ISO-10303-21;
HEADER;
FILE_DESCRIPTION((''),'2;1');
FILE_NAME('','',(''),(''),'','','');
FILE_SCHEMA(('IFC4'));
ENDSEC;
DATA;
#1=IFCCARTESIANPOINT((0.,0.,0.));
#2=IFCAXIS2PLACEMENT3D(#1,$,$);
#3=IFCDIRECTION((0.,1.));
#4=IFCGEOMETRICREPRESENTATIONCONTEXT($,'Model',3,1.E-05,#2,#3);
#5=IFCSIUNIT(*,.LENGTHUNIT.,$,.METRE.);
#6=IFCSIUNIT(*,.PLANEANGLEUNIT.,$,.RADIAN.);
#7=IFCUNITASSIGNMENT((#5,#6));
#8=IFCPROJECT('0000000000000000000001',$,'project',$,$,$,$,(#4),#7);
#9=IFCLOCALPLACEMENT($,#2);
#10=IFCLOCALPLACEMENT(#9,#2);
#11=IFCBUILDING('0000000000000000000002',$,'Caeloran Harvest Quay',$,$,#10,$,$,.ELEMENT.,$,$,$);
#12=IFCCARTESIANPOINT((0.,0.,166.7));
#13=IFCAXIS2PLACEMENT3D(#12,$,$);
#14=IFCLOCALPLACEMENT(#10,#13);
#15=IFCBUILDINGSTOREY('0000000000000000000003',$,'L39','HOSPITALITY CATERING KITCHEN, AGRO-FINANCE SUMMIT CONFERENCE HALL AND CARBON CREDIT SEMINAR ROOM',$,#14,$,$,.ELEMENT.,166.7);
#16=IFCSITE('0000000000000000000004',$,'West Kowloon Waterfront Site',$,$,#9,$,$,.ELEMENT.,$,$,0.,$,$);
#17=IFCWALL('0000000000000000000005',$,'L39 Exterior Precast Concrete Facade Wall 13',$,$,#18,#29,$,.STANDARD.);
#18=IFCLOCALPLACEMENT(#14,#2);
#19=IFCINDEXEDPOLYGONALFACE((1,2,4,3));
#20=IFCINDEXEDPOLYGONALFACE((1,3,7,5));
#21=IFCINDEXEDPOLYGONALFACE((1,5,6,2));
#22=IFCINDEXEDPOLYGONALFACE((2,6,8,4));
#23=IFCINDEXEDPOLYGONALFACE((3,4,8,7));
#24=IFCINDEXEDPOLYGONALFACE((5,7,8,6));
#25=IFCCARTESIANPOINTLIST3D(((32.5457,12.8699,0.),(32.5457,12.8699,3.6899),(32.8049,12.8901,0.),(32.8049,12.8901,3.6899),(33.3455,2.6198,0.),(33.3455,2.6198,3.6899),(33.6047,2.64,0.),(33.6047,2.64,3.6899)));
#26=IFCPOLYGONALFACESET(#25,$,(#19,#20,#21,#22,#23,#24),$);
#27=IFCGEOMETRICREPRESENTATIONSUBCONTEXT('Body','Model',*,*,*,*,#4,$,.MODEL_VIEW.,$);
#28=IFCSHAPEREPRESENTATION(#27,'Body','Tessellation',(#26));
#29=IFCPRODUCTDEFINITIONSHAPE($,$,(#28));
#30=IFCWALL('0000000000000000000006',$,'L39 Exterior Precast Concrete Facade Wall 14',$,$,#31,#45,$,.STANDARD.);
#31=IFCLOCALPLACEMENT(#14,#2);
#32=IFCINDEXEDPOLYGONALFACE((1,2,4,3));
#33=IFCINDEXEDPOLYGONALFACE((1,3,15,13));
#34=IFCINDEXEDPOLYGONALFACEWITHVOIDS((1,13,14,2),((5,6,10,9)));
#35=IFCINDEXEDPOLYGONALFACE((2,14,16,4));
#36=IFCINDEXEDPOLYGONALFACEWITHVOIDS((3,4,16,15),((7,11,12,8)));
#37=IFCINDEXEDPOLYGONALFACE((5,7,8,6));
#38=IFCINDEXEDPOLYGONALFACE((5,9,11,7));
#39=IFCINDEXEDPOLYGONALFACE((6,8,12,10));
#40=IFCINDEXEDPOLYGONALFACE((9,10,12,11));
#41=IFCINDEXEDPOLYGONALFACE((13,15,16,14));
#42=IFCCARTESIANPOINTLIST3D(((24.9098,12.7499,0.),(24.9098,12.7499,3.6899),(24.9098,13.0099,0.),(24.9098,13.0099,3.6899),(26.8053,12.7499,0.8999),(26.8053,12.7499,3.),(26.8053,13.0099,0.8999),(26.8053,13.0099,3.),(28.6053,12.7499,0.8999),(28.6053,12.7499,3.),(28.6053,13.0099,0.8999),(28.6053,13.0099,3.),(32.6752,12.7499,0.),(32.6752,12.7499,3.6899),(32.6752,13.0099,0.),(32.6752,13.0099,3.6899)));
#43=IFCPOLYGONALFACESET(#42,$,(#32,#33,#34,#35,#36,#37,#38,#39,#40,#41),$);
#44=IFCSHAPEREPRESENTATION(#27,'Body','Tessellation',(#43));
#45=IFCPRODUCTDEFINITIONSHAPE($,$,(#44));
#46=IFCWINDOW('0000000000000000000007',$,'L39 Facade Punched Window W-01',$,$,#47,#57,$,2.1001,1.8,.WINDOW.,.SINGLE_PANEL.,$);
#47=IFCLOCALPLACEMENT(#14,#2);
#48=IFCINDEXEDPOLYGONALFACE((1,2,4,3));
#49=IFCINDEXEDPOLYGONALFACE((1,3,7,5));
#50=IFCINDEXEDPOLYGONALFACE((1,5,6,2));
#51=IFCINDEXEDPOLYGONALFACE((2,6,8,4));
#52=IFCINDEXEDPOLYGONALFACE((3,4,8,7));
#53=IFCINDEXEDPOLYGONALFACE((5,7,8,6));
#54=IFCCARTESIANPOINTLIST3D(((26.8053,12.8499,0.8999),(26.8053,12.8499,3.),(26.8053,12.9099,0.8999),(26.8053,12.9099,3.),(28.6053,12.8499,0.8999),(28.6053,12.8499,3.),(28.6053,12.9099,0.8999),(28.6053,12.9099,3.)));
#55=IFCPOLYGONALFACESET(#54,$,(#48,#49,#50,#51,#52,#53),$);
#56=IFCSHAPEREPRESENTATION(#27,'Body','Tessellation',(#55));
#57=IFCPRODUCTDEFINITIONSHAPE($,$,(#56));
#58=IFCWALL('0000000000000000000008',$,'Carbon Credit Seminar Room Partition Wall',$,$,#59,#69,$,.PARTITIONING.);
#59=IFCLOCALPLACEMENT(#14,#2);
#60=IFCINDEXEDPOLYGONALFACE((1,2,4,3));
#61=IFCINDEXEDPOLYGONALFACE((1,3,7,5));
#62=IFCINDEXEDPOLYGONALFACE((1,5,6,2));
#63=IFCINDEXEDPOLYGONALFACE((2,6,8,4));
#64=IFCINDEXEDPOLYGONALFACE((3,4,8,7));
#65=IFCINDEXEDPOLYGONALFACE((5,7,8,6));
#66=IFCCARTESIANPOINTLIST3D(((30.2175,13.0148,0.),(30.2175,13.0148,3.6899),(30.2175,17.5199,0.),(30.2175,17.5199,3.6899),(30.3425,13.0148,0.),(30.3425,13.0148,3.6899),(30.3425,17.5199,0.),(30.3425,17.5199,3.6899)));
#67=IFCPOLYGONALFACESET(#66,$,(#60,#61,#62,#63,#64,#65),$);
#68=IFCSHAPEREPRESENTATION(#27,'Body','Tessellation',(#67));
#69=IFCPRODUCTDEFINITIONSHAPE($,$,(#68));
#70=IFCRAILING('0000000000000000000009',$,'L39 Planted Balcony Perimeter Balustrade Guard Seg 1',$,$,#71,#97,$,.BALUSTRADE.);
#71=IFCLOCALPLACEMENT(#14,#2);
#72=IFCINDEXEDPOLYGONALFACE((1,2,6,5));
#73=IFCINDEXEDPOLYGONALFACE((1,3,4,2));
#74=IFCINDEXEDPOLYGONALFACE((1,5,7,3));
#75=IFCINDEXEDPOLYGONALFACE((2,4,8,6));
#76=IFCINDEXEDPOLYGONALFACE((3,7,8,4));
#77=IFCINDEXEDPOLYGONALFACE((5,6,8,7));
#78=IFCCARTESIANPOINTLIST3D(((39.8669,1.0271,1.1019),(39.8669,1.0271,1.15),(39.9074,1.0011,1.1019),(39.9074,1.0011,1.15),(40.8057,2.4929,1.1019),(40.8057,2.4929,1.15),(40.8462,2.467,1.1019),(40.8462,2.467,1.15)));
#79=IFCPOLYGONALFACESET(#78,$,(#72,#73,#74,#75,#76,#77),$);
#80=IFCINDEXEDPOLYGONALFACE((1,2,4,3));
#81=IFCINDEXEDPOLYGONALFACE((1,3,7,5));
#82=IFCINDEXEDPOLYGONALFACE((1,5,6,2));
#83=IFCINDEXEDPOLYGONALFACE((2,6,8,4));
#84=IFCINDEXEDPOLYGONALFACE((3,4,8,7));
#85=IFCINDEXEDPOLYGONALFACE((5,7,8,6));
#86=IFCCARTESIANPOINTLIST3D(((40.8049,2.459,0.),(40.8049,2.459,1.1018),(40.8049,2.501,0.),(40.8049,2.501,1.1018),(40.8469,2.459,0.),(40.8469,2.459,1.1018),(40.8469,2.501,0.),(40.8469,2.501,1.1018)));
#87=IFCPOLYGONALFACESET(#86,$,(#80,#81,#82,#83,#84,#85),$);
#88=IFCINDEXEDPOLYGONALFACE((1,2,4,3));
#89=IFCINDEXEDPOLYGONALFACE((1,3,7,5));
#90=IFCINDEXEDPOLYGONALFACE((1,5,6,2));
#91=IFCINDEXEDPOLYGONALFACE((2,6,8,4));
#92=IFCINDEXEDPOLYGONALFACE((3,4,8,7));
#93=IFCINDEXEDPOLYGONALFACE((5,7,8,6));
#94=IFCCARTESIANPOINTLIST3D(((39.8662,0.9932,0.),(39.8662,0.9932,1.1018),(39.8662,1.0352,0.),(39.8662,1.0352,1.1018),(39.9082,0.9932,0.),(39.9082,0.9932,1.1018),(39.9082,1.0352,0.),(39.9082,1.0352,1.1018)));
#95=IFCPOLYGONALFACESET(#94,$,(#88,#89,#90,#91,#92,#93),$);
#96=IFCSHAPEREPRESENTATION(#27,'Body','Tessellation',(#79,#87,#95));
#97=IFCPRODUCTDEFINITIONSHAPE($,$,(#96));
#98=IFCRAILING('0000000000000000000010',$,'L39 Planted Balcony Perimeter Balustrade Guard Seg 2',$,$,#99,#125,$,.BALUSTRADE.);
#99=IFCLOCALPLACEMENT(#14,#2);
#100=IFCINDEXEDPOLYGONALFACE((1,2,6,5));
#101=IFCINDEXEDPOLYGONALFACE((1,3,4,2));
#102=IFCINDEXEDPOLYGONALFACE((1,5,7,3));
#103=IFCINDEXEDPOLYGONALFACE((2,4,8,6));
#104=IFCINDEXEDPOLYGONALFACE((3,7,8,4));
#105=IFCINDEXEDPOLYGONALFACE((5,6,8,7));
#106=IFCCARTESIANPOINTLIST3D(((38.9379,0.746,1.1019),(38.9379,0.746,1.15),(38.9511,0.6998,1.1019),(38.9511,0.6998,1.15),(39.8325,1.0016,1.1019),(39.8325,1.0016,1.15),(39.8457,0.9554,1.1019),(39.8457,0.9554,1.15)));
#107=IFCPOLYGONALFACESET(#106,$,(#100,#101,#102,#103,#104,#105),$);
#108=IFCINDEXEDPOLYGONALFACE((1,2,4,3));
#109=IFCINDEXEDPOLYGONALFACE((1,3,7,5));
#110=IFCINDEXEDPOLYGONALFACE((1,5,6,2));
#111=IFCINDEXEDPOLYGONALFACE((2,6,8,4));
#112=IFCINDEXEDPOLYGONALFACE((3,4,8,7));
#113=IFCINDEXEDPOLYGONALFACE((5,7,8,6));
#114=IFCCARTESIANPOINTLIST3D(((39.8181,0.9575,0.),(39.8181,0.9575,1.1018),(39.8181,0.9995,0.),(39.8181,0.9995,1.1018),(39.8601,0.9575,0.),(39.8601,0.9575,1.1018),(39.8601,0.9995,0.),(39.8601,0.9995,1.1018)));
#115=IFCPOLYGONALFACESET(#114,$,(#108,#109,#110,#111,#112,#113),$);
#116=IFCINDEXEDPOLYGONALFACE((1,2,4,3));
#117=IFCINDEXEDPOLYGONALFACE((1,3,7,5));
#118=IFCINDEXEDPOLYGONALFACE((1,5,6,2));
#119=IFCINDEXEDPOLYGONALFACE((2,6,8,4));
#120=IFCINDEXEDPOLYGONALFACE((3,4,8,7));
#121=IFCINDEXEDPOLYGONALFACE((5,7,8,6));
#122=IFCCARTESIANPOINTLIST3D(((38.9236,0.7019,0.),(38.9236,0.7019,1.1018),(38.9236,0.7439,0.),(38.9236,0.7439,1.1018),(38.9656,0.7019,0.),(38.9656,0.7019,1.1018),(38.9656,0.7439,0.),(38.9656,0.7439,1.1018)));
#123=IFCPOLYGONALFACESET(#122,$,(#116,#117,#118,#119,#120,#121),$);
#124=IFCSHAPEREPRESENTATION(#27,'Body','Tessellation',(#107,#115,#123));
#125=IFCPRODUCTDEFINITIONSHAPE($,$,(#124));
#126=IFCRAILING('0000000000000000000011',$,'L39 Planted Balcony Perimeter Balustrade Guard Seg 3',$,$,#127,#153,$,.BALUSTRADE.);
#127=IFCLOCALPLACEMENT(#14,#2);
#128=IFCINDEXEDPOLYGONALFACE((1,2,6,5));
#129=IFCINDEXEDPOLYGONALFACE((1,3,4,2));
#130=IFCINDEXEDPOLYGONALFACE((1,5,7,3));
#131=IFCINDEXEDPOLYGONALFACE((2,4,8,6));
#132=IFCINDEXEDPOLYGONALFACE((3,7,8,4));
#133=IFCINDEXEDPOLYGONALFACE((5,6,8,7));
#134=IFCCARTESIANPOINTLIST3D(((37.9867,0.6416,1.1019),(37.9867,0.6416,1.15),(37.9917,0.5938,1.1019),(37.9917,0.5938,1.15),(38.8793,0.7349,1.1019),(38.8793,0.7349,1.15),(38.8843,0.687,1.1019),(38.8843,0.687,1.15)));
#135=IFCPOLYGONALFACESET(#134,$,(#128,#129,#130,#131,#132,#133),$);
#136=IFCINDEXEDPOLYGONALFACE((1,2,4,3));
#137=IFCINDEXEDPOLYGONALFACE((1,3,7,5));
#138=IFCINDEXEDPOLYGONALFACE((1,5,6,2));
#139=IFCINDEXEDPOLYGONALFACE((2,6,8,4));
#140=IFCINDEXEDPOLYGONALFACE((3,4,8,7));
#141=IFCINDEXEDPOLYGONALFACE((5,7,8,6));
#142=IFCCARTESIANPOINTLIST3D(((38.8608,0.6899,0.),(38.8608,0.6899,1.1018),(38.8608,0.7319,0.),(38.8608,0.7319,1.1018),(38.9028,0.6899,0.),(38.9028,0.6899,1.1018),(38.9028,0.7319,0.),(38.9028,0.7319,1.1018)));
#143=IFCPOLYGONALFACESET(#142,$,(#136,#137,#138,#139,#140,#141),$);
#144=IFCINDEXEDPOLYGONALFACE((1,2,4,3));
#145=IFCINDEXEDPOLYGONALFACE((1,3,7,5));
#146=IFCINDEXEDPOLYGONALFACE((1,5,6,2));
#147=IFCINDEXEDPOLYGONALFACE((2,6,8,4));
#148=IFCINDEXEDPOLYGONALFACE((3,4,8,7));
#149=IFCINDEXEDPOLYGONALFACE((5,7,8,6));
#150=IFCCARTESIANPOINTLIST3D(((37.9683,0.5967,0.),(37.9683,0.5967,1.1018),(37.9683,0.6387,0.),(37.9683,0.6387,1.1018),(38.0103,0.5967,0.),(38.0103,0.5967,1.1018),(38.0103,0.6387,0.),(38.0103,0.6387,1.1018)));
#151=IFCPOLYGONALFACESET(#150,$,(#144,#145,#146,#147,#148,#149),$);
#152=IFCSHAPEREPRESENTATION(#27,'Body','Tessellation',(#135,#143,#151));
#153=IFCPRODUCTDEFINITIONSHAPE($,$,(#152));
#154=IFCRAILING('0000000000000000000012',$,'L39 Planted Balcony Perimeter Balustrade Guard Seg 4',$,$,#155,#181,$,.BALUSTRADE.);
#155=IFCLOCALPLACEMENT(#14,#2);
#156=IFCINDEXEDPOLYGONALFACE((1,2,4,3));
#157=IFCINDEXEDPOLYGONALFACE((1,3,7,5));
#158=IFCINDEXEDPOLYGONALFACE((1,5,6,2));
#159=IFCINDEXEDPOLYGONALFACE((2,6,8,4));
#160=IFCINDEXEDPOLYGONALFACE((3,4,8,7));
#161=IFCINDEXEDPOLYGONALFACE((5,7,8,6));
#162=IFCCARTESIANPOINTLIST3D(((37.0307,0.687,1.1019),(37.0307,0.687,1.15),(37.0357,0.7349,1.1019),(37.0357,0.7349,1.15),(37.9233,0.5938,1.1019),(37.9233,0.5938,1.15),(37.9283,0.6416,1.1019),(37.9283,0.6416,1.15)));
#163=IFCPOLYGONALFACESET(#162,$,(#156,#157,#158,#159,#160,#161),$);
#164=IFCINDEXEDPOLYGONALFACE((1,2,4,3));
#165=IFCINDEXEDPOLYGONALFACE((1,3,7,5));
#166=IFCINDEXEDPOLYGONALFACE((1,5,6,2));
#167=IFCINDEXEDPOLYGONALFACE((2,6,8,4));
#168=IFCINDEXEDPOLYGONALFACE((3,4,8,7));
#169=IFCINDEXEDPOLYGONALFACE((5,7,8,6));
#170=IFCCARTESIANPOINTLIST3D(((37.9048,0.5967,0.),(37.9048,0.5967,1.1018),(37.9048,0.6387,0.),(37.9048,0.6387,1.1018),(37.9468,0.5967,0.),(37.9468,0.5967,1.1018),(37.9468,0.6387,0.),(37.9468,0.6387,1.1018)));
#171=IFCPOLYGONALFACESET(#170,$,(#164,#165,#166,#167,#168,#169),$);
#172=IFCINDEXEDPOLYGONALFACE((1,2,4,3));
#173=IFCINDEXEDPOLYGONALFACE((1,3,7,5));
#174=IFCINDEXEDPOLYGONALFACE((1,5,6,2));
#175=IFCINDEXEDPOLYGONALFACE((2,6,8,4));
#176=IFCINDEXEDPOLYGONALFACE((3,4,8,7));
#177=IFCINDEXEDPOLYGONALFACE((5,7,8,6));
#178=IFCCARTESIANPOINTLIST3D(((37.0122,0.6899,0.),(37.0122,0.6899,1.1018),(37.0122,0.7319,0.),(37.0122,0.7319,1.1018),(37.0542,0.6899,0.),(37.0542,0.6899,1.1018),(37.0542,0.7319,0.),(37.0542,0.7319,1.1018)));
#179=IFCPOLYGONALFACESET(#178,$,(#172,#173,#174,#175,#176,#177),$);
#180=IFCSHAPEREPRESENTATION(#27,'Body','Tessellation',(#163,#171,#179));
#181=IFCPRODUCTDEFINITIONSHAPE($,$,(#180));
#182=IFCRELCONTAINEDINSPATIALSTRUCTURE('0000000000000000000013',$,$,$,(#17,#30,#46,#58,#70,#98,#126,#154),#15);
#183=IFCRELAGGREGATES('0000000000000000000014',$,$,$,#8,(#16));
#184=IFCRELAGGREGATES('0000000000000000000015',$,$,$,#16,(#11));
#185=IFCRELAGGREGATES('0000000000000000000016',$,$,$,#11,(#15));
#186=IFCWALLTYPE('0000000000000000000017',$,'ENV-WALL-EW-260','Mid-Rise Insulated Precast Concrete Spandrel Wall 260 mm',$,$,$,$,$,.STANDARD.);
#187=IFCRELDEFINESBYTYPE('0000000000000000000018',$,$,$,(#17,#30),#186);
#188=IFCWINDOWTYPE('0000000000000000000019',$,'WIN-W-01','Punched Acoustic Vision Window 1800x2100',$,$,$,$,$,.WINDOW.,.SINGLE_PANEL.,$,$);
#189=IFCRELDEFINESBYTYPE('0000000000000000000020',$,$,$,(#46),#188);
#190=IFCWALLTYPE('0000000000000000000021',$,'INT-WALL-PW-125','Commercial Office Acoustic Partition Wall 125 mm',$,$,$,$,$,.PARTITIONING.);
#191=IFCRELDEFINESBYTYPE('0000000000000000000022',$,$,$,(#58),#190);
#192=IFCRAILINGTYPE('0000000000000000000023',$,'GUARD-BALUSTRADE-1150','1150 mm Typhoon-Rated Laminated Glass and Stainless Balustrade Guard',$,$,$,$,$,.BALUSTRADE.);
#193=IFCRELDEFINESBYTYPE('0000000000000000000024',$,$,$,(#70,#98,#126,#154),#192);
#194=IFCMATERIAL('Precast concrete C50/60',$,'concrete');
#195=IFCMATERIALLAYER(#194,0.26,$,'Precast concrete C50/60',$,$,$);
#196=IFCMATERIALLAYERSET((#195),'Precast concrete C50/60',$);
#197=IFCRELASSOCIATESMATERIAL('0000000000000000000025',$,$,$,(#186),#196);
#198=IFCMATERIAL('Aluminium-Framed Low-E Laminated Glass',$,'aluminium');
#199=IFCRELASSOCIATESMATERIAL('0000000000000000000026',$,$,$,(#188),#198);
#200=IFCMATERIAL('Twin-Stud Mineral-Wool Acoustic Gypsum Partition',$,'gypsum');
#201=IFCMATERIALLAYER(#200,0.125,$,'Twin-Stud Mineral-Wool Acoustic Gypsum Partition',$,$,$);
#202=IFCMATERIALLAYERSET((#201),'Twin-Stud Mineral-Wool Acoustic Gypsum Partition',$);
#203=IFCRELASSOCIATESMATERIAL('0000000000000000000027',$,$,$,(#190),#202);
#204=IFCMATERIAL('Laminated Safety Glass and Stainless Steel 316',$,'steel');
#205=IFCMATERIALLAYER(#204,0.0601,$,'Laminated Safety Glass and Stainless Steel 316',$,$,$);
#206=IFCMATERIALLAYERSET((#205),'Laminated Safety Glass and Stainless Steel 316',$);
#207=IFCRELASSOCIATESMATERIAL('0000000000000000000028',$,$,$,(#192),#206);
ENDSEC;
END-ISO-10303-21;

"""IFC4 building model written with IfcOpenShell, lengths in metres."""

from ifc_helpers import new_model, si_unit, direction, frame, frame_2d, origin, origin_2d, place, context, subcontext, project, spatial, rectangle, extrude, material, layer, layer_set, type_object, element, fill, save


model = new_model("IFC4")

# Units and contexts
model_context = context("Model", 3, precision=1e-05, world=origin(), true_north=direction((0.0, 1.0)))
body_context = subcontext(model_context, "Body", "Model", "MODEL_VIEW")
ifc_project = project(units=[si_unit("LENGTHUNIT", "METRE"), si_unit("PLANEANGLEUNIT", "RADIAN")], contexts=[model_context])

# Site, building, storey
site_placement = place(None, origin())
site = spatial("IfcSite", under=ifc_project, at=site_placement, Name="West Kowloon Waterfront Site", CompositionType="ELEMENT", RefElevation=0.0)
building_placement = place(site_placement, origin())
building = spatial("IfcBuilding", under=site, at=building_placement, Name="Caeloran Harvest Quay", CompositionType="ELEMENT")
storey_placement = place(building_placement, frame((0.0, 0.0, 166.7)))
storey = spatial("IfcBuildingStorey", under=building, at=storey_placement, Name="L39", Description="HOSPITALITY CATERING KITCHEN, AGRO-FINANCE SUMMIT CONFERENCE HALL AND CARBON CREDIT SEMINAR ROOM", CompositionType="ELEMENT", Elevation=166.7)

# Shared definitions
ifc_material_1 = material(Name="Precast concrete C50/60", Category="concrete")

# Shared definitions
ifc_layer_1 = layer(ifc_material_1, 0.26, Name="Precast concrete C50/60")
ifc_layer_set_1 = layer_set([ifc_layer_1], Name="Precast concrete C50/60")
wall_type_1 = type_object("IfcWallType", Name="ENV-WALL-EW-260", Description="Mid-Rise Insulated Precast Concrete Spandrel Wall 260 mm", PredefinedType="STANDARD", material=ifc_layer_set_1)

# Wall
wall_1_placement = place(storey_placement, frame((33.4751, 2.6299, 0.0), z_axis=(0.0, 0.0, 1.0), x_axis=(-0.077793, 0.99697, 0.0)))
element("IfcWall", 1, at=wall_1_placement, inside=storey, type_object=wall_type_1, Name="L39 Exterior Precast Concrete Facade Wall 13", PredefinedType="STANDARD", context=body_context, shape_type="SweptSolid", body=[
    extrude(rectangle(XDim=10.2812, YDim=0.26, at=frame_2d((5.1406, 0.0))), origin(), (0.0, 0.0, 1.0), 3.6899),
])

# Wall, opening, window
wall_2_placement = place(storey_placement, frame((32.6753, 12.8799, 0.0), z_axis=(0.0, 0.0, 1.0), x_axis=(-1.0, 0.0, 0.0)))
wall_2 = element("IfcWall", 2, at=wall_2_placement, inside=storey, type_object=wall_type_1, Name="L39 Exterior Precast Concrete Facade Wall 14", PredefinedType="STANDARD", context=body_context, shape_type="SweptSolid", body=[
    extrude(rectangle(XDim=7.7654, YDim=0.26, at=frame_2d((3.8828, 0.0))), origin(), (0.0, 0.0, 1.0), 3.6899),
])
opening_1_placement = place(wall_2_placement, frame((4.0701, 0.0, 0.8999)))
opening_1 = element("IfcOpeningElement", 3, at=opening_1_placement, cuts=wall_2, PredefinedType="OPENING", context=body_context, shape_type="SweptSolid", body=[
    extrude(rectangle(XDim=1.8, YDim=2.1001, at=frame_2d((0.8999, 1.05))), frame((0.0, 0.1401, 0.0), z_axis=(0.0, -1.0, 0.0), x_axis=(1.0, 0.0, 0.0)), (0.0, 0.0, 1.0), 0.28),
])
ifc_material_2 = material(Name="Aluminium-Framed Low-E Laminated Glass", Category="aluminium")
window_type = type_object("IfcWindowType", Name="WIN-W-01", Description="Punched Acoustic Vision Window 1800x2100", PartitioningType="SINGLE_PANEL", PredefinedType="WINDOW", material=ifc_material_2)
window_placement = place(opening_1_placement, origin())
window = element("IfcWindow", 4, at=window_placement, inside=storey, type_object=window_type, Name="L39 Facade Punched Window W-01", OverallHeight=2.1001, OverallWidth=1.8, PartitioningType="SINGLE_PANEL", PredefinedType="WINDOW", context=body_context, shape_type="SweptSolid", body=[
    extrude(rectangle(XDim=1.8, YDim=2.1001, at=frame_2d((0.8999, 1.05))), frame((0.0, 0.03, 0.0), z_axis=(0.0, -1.0, 0.0), x_axis=(1.0, 0.0, 0.0)), (0.0, 0.0, 1.0), 0.0601),
])
fill(opening_1, window)

# Wall
ifc_material_3 = material(Name="Twin-Stud Mineral-Wool Acoustic Gypsum Partition", Category="gypsum")
ifc_layer_2 = layer(ifc_material_3, 0.125, Name="Twin-Stud Mineral-Wool Acoustic Gypsum Partition")
ifc_layer_set_2 = layer_set([ifc_layer_2], Name="Twin-Stud Mineral-Wool Acoustic Gypsum Partition")
wall_type_2 = type_object("IfcWallType", Name="INT-WALL-PW-125", Description="Commercial Office Acoustic Partition Wall 125 mm", PredefinedType="PARTITIONING", material=ifc_layer_set_2)
wall_3_placement = place(storey_placement, frame((30.28, 13.0149, 0.0), z_axis=(0.0, 0.0, 1.0), x_axis=(0.0, 1.0, 0.0)))
element("IfcWall", 5, at=wall_3_placement, inside=storey, type_object=wall_type_2, Name="Carbon Credit Seminar Room Partition Wall", PredefinedType="PARTITIONING", context=body_context, shape_type="SweptSolid", body=[
    extrude(rectangle(XDim=4.5051, YDim=0.125, at=frame_2d((2.2524, 0.0))), origin(), (0.0, 0.0, 1.0), 3.6899),
])

# Railings
ifc_material_4 = material(Name="Laminated Safety Glass and Stainless Steel 316", Category="steel")
ifc_layer_3 = layer(ifc_material_4, 0.0601, Name="Laminated Safety Glass and Stainless Steel 316")
ifc_layer_set_3 = layer_set([ifc_layer_3], Name="Laminated Safety Glass and Stainless Steel 316")
railing_type = type_object("IfcRailingType", Name="GUARD-BALUSTRADE-1150", Description="1150 mm Typhoon-Rated Laminated Glass and Stainless Balustrade Guard", PredefinedType="BALUSTRADE", material=ifc_layer_set_3)
railing_1_placement = place(storey_placement, frame((40.8259, 2.48, 0.0)))
element("IfcRailing", 6, at=railing_1_placement, inside=storey, type_object=railing_type, Name="L39 Planted Balcony Perimeter Balustrade Guard Seg 1", PredefinedType="BALUSTRADE", context=body_context, shape_type="SweptSolid", body=[
    extrude(rectangle(XDim=0.0481, YDim=0.0481, at=origin_2d()), frame((0.0, 0.0, 1.126), z_axis=(-0.539296, -0.842116, 0.0), x_axis=(0.842116, -0.539296, 0.0)), (0.0, 0.0, 1.0), 1.7407),
    extrude(rectangle(XDim=0.042, YDim=0.042, at=origin_2d()), origin(), (0.0, 0.0, 1.0), 1.1018),
    extrude(rectangle(XDim=0.042, YDim=0.042, at=origin_2d()), frame((-0.9387, -1.4658, 0.0)), (0.0, 0.0, 1.0), 1.1018),
])
railing_2_placement = place(storey_placement, frame((39.8391, 0.9785, 0.0)))
element("IfcRailing", 7, at=railing_2_placement, inside=storey, type_object=railing_type, Name="L39 Planted Balcony Perimeter Balustrade Guard Seg 2", PredefinedType="BALUSTRADE", context=body_context, shape_type="SweptSolid", body=[
    extrude(rectangle(XDim=0.0481, YDim=0.0481, at=origin_2d()), frame((0.0, 0.0, 1.126), z_axis=(-0.961514, -0.274756, 0.0), x_axis=(0.274756, -0.961514, 0.0)), (0.0, 0.0, 1.0), 0.9304),
    extrude(rectangle(XDim=0.042, YDim=0.042, at=origin_2d()), origin(), (0.0, 0.0, 1.0), 1.1018),
    extrude(rectangle(XDim=0.042, YDim=0.042, at=origin_2d()), frame((-0.8945, -0.2556, 0.0)), (0.0, 0.0, 1.0), 1.1018),
])
railing_3_placement = place(storey_placement, frame((38.8818, 0.7109, 0.0)))
element("IfcRailing", 8, at=railing_3_placement, inside=storey, type_object=railing_type, Name="L39 Planted Balcony Perimeter Balustrade Guard Seg 3", PredefinedType="BALUSTRADE", context=body_context, shape_type="SweptSolid", body=[
    extrude(rectangle(XDim=0.0481, YDim=0.0481, at=origin_2d()), frame((0.0, 0.0, 1.126), z_axis=(-0.994586, -0.10392, 0.0), x_axis=(0.10392, -0.994586, 0.0)), (0.0, 0.0, 1.0), 0.8975),
    extrude(rectangle(XDim=0.042, YDim=0.042, at=origin_2d()), origin(), (0.0, 0.0, 1.0), 1.1018),
    extrude(rectangle(XDim=0.042, YDim=0.042, at=origin_2d()), frame((-0.8926, -0.0933, 0.0)), (0.0, 0.0, 1.0), 1.1018),
])
railing_4_placement = place(storey_placement, frame((37.9258, 0.6177, 0.0)))
element("IfcRailing", 9, at=railing_4_placement, inside=storey, type_object=railing_type, Name="L39 Planted Balcony Perimeter Balustrade Guard Seg 4", PredefinedType="BALUSTRADE", context=body_context, shape_type="SweptSolid", body=[
    extrude(rectangle(XDim=0.0481, YDim=0.0481, at=origin_2d()), frame((0.0, 0.0, 1.126), z_axis=(-0.994586, 0.10392, 0.0), x_axis=(-0.10392, -0.994586, 0.0)), (0.0, 0.0, 1.0), 0.8975),
    extrude(rectangle(XDim=0.042, YDim=0.042, at=origin_2d()), origin(), (0.0, 0.0, 1.0), 1.1018),
    extrude(rectangle(XDim=0.042, YDim=0.042, at=origin_2d()), frame((-0.8926, 0.0933, 0.0)), (0.0, 0.0, 1.0), 1.1018),
])

save(model, "model.ifc")
